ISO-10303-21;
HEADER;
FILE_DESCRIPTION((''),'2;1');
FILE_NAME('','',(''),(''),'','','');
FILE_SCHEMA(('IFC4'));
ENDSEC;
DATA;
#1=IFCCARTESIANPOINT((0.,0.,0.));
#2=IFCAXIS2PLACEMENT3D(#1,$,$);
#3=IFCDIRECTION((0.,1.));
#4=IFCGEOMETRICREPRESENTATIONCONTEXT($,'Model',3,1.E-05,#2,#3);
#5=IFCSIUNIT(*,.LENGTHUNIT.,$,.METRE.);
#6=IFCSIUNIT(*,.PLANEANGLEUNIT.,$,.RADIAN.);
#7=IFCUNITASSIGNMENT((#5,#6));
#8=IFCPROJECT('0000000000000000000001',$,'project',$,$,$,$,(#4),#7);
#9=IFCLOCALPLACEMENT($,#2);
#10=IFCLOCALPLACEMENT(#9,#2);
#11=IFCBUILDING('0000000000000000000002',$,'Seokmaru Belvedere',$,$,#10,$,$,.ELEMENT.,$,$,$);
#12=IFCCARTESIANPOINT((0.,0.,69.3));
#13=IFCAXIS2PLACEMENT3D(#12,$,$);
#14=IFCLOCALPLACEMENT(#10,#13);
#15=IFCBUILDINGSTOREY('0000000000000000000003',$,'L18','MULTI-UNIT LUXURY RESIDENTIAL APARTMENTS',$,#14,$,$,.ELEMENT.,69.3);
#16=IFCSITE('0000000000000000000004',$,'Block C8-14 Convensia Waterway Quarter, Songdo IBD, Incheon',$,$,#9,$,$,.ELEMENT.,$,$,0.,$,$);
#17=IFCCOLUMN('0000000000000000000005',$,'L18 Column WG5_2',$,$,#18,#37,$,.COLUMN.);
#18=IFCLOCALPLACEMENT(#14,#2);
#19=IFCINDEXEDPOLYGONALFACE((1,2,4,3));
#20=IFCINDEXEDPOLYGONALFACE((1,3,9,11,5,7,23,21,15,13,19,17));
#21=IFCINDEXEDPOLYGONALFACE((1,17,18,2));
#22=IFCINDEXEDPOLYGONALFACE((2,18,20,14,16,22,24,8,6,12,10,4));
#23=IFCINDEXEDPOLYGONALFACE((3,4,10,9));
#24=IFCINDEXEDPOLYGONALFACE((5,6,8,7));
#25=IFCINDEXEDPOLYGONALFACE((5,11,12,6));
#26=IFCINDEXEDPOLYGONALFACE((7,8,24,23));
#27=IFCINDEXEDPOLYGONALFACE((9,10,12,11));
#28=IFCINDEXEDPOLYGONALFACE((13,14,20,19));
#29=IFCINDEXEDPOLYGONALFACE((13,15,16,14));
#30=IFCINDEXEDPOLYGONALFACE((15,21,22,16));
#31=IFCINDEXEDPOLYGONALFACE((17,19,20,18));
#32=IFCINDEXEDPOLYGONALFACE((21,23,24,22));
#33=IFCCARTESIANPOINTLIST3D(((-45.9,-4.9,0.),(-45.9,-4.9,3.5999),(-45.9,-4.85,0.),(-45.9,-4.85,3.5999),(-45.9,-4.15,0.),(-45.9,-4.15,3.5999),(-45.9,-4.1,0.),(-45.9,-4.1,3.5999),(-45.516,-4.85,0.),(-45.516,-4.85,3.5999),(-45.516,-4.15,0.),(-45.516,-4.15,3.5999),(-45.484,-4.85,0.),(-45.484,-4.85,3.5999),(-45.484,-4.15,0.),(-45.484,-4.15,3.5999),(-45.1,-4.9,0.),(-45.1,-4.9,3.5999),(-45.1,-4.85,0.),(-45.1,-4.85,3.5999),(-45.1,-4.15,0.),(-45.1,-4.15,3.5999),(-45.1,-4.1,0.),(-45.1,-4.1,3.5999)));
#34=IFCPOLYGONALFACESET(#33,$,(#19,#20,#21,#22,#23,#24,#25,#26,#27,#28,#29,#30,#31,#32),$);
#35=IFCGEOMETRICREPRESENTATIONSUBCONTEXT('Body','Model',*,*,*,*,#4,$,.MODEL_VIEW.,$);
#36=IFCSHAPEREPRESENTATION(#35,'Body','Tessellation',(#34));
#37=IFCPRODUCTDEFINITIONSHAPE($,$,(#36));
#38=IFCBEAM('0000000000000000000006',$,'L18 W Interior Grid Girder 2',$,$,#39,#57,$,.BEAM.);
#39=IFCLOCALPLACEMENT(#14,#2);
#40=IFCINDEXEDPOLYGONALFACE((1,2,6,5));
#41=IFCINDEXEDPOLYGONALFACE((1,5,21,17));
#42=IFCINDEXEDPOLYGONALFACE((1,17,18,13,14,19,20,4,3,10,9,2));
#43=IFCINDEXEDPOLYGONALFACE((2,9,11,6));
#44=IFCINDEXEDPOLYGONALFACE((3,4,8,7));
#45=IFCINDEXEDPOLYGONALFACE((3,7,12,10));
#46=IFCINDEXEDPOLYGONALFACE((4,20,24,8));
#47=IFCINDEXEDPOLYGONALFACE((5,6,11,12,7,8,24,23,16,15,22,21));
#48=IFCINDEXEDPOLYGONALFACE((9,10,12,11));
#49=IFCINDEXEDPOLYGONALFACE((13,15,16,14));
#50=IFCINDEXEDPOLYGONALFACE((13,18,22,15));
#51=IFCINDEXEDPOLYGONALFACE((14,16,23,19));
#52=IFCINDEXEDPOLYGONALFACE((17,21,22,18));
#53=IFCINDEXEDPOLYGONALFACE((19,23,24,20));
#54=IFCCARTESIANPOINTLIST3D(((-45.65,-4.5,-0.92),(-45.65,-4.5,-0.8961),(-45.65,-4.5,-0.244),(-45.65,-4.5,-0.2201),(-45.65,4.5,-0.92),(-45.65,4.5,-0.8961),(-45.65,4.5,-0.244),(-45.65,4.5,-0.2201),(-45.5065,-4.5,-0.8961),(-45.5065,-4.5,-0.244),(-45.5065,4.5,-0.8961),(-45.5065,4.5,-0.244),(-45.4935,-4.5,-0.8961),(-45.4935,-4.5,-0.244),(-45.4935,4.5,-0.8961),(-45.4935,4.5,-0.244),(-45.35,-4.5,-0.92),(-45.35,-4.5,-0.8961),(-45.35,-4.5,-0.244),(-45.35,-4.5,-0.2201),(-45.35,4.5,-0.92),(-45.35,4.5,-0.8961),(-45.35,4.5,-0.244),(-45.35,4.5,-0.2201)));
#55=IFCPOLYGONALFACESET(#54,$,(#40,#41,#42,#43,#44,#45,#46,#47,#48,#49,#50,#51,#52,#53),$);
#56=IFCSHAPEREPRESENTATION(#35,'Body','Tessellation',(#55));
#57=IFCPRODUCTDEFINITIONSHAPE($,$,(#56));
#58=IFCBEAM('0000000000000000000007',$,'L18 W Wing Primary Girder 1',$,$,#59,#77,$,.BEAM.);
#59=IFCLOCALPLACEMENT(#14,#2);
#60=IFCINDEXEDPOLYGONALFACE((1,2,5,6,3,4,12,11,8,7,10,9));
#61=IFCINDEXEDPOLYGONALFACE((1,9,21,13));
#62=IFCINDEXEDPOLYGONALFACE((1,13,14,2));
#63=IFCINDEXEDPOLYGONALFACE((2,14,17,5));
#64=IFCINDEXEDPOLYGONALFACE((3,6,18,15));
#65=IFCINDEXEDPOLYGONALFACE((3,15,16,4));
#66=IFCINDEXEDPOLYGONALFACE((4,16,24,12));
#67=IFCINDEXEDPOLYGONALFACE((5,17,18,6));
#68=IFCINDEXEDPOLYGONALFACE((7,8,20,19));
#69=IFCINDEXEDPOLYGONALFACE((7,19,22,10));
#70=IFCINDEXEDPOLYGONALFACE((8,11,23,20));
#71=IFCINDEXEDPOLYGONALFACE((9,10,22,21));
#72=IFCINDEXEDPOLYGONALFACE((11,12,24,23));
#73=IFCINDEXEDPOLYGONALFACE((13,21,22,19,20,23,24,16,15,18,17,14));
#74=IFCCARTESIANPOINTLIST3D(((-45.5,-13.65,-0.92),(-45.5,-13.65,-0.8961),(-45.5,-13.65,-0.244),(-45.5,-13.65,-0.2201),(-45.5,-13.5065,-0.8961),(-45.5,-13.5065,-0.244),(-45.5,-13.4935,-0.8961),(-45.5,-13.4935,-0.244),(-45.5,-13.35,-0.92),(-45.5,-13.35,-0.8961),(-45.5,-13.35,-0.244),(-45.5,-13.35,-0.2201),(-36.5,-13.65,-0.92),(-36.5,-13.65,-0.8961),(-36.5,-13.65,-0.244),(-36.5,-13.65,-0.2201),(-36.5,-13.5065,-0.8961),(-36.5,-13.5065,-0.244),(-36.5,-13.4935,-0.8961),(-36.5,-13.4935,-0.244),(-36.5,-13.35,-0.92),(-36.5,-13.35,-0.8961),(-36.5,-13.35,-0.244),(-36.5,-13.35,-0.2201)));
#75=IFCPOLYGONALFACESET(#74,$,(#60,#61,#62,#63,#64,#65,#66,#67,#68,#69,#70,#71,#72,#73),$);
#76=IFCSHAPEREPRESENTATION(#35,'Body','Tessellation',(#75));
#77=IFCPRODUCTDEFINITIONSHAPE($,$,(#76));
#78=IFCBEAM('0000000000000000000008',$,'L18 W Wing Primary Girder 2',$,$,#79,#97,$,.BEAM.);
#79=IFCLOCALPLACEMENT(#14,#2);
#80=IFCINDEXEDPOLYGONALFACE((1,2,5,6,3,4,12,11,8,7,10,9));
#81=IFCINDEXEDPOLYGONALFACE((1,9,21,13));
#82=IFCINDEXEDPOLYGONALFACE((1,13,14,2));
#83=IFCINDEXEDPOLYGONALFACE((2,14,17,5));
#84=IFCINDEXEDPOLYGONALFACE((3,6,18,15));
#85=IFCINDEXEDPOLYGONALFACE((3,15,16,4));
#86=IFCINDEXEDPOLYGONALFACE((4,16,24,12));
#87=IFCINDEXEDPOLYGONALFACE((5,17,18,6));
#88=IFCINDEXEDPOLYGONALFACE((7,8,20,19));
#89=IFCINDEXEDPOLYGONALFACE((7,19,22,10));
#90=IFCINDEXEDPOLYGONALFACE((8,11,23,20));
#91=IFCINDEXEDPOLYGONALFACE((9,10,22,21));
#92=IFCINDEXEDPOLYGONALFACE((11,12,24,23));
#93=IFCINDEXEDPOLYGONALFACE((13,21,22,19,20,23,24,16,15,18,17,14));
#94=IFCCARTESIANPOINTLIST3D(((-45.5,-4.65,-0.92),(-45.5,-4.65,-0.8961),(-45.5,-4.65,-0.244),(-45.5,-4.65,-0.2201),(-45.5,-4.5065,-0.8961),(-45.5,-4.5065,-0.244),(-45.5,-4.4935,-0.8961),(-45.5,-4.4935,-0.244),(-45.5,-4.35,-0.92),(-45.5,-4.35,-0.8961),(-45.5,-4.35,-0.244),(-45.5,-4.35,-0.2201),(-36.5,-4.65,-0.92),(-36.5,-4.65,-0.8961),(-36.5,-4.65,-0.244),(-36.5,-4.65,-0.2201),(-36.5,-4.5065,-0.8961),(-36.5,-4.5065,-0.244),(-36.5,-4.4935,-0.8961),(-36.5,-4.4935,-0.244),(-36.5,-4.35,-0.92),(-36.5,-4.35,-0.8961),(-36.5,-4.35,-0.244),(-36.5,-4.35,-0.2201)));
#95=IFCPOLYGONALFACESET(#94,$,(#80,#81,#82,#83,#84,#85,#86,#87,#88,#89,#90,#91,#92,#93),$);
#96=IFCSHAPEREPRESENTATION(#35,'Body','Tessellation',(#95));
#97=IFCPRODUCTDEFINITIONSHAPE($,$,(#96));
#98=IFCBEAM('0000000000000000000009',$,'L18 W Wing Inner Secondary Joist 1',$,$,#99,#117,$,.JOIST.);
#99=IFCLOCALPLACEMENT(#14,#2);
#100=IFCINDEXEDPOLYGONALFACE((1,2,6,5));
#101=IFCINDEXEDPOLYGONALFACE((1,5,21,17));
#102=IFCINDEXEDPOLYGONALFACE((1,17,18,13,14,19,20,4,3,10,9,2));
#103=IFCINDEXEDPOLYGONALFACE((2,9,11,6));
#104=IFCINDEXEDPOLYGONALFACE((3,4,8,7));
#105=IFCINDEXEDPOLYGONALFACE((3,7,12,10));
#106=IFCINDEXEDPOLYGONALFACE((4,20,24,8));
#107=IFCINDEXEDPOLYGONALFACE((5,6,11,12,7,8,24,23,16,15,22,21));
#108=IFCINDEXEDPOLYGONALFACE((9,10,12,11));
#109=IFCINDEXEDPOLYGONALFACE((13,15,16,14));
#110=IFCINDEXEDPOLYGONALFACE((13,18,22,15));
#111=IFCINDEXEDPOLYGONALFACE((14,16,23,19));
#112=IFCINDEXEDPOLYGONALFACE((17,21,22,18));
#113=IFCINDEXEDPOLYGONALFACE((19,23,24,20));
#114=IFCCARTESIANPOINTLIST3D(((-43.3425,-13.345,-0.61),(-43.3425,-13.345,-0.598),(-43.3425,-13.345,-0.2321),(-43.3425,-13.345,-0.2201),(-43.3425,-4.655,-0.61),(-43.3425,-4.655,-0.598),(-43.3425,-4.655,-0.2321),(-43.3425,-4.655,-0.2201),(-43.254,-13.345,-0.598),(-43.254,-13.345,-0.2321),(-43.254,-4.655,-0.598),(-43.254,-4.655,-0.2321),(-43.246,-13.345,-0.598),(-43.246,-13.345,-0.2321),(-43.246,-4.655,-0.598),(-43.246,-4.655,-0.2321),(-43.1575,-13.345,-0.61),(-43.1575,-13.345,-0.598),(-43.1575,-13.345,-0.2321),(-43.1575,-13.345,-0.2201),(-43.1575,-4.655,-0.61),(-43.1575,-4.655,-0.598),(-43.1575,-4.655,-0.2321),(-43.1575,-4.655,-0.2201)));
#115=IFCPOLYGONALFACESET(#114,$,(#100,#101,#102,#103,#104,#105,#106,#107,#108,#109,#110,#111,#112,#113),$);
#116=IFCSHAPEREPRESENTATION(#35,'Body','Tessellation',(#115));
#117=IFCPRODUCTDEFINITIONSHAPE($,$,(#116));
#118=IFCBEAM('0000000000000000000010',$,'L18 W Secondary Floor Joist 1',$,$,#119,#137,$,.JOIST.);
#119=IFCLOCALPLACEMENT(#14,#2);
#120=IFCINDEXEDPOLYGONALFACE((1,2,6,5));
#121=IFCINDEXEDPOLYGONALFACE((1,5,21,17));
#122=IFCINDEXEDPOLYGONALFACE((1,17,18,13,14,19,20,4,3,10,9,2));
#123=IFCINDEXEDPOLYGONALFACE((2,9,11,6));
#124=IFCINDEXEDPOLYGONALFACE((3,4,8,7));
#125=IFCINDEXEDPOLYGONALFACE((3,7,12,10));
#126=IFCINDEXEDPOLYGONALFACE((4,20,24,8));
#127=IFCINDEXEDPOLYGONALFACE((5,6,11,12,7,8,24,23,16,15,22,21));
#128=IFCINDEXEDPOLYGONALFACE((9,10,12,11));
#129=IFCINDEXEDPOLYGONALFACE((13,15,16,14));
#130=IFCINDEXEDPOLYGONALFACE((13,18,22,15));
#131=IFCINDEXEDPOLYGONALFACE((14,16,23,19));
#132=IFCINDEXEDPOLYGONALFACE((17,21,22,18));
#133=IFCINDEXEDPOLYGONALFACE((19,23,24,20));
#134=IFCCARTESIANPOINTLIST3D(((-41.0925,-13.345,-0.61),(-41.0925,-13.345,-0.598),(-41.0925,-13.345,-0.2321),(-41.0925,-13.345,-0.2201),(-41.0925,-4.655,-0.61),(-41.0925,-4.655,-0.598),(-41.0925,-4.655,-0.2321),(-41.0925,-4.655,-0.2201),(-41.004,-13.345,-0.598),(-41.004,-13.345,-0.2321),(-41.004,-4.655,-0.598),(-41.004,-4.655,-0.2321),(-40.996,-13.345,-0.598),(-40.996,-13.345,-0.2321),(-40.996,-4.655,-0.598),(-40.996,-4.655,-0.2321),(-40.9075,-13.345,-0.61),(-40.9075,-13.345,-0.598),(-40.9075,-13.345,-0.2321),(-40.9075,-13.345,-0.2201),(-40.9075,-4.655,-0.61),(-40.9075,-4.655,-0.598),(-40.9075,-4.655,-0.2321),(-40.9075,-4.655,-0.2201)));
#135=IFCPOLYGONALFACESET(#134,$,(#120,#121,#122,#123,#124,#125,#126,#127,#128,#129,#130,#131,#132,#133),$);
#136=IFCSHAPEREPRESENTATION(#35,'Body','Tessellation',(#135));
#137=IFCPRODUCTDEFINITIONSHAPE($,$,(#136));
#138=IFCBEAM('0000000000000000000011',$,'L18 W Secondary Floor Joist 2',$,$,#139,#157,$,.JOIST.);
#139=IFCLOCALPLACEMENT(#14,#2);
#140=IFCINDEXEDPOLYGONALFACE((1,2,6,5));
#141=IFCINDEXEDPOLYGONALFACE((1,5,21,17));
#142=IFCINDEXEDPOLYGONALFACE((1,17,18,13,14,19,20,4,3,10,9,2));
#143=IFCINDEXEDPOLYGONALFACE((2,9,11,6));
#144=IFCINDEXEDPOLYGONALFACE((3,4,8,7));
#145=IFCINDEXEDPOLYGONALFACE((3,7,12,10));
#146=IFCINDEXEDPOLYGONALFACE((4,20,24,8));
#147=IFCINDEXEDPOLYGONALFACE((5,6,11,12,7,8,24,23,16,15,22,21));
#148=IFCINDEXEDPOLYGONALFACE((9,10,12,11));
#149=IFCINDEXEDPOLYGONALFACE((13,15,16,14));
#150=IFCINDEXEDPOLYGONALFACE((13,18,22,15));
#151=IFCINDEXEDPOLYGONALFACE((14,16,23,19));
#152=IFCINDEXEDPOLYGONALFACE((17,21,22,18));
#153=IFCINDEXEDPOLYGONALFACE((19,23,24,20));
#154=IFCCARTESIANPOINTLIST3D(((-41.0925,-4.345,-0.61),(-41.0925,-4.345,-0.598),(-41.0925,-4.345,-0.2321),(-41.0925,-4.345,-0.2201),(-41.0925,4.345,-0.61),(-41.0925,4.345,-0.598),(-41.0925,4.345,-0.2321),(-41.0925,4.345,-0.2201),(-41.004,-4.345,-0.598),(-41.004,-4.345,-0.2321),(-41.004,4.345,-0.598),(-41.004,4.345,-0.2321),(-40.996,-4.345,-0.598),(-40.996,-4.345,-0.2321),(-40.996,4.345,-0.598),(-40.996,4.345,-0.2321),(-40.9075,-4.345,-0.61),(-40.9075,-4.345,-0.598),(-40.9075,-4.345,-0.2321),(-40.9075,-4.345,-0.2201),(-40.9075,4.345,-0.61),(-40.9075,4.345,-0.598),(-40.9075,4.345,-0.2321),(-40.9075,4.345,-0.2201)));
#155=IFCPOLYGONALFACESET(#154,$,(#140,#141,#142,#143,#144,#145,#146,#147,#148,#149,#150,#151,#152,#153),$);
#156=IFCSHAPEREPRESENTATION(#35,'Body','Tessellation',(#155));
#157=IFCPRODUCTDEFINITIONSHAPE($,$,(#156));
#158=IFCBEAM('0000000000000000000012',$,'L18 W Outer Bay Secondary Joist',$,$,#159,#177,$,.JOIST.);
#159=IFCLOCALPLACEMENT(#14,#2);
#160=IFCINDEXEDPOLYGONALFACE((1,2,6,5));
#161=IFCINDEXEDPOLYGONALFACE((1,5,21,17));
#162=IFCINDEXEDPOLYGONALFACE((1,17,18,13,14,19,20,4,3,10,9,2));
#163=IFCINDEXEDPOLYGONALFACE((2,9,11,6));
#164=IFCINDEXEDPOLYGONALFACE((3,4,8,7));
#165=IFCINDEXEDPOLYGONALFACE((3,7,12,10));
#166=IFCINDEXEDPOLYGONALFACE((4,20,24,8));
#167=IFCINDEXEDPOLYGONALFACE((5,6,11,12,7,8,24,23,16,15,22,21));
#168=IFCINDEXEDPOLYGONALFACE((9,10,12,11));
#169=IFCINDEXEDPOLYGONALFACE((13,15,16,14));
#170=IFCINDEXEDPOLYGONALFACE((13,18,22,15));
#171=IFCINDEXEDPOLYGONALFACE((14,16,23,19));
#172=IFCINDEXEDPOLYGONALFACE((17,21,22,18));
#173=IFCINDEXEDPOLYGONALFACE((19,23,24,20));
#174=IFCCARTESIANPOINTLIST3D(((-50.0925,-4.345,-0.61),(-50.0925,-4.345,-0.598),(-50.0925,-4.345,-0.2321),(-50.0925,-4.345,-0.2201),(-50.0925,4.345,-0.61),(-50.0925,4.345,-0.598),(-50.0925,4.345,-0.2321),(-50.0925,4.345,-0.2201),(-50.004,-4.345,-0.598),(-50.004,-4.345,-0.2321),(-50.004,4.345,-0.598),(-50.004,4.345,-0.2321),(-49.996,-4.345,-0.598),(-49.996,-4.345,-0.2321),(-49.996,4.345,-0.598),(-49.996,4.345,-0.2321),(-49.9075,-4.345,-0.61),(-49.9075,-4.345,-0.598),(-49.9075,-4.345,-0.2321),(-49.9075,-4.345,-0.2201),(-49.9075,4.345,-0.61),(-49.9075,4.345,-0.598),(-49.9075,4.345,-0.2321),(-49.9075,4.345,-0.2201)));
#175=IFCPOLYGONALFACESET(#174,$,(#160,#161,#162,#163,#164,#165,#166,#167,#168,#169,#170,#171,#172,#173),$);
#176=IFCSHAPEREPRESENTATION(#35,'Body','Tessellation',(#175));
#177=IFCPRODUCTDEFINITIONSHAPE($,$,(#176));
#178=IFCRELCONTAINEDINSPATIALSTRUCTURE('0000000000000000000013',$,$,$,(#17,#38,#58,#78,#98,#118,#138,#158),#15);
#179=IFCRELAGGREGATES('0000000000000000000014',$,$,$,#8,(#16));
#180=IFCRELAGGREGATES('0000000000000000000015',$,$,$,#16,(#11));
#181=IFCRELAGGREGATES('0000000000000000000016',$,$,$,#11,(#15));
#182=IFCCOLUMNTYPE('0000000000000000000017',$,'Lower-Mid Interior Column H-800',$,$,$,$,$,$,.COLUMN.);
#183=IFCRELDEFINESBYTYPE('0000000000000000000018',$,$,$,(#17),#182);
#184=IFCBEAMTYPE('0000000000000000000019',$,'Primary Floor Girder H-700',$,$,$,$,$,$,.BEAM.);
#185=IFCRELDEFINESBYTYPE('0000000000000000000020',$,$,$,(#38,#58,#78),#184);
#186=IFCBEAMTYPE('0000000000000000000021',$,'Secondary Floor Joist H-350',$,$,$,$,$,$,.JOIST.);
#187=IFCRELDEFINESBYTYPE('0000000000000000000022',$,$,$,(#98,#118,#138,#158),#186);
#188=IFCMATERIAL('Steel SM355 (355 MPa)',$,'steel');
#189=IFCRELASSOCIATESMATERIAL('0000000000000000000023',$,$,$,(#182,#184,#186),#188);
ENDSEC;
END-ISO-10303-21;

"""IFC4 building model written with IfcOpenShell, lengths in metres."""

from ifc_helpers import new_model, si_unit, direction, frame, origin, origin_2d, place, context, subcontext, project, spatial, i_section, extrude, source, transform, mapped, material, material_profile, profile_set, type_object, type_shapes, element, save


model = new_model("IFC4")

# Units and contexts
model_context = context("Model", 3, precision=1e-05, world=origin(), true_north=direction((0.0, 1.0)))
body_context = subcontext(model_context, "Body", "Model", "MODEL_VIEW")
ifc_project = project(units=[si_unit("LENGTHUNIT", "METRE"), si_unit("PLANEANGLEUNIT", "RADIAN")], contexts=[model_context])

# Site, building, storey
site_placement = place(None, origin())
site = spatial("IfcSite", under=ifc_project, at=site_placement, Name="Block C8-14 Convensia Waterway Quarter, Songdo IBD, Incheon", CompositionType="ELEMENT", RefElevation=0.0)
building_placement = place(site_placement, origin())
building = spatial("IfcBuilding", under=site, at=building_placement, Name="Seokmaru Belvedere", CompositionType="ELEMENT")
storey_placement = place(building_placement, frame((0.0, 0.0, 69.3)))
storey = spatial("IfcBuildingStorey", under=building, at=storey_placement, Name="L18", Description="MULTI-UNIT LUXURY RESIDENTIAL APARTMENTS", CompositionType="ELEMENT", Elevation=69.3)

# Column
ifc_material_1 = material(Name="Steel SM355 (355 MPa)", Category="steel")
ifc_material_profile_1 = material_profile(ifc_material_1, i_section(OverallWidth=0.8, OverallDepth=0.8, WebThickness=0.032, FlangeThickness=0.05, at=origin_2d()), Name="H-800x800x32x50")
ifc_profile_set_1 = profile_set([ifc_material_profile_1], Name="Steel SM355 (355 MPa)")
column_type = type_object("IfcColumnType", Name="Lower-Mid Interior Column H-800", PredefinedType="COLUMN", material=ifc_profile_set_1)
shared_shape_1 = source(origin(), body_context, "Body", "SweptSolid", [
    extrude(i_section(OverallWidth=0.8, OverallDepth=0.8, WebThickness=0.032, FlangeThickness=0.05, at=origin_2d()), origin(), (0.0, 0.0, 1.0), 3.5999),
])
type_shapes(column_type, [shared_shape_1])
column_placement = place(storey_placement, frame((-45.5, -4.5, 0.0), z_axis=(0.0, 0.0, 1.0), x_axis=(1.0, 0.0, 0.0)))
element("IfcColumn", 1, at=column_placement, inside=storey, type_object=column_type, Name="L18 Column WG5_2", PredefinedType="COLUMN", context=body_context, shape_type="MappedRepresentation", body=[
    mapped(shared_shape_1, transform((0.0, 0.0, 0.0), scale=1.0)),
])

# Beams
ifc_material_profile_2 = material_profile(ifc_material_1, i_section(OverallWidth=0.3, OverallDepth=0.7, WebThickness=0.0129, FlangeThickness=0.0239, at=origin_2d()), Name="H-700x300x13x24")
ifc_profile_set_2 = profile_set([ifc_material_profile_2], Name="Steel SM355 (355 MPa)")
beam_type_1 = type_object("IfcBeamType", Name="Primary Floor Girder H-700", PredefinedType="BEAM", material=ifc_profile_set_2)
shared_shape_2 = source(origin(), body_context, "Body", "SweptSolid", [
    extrude(i_section(OverallWidth=0.3, OverallDepth=0.7, WebThickness=0.0129, FlangeThickness=0.0239, at=origin_2d()), origin(), (0.0, 0.0, 1.0), 9.0),
])
type_shapes(beam_type_1, [shared_shape_2])
for number, where, z_axis, x_axis, name in (
    (2, (-45.5, -4.5, -0.5701), (0.0, 1.0, 0.0), (-1.0, 0.0, 0.0), "L18 W Interior Grid Girder 2"),
    (3, (-45.5, -13.5, -0.5701), (1.0, 0.0, 0.0), (0.0, 1.0, 0.0), "L18 W Wing Primary Girder 1"),
    (4, (-45.5, -4.5, -0.5701), (1.0, 0.0, 0.0), (0.0, 1.0, 0.0), "L18 W Wing Primary Girder 2"),
):
    element("IfcBeam", number, at=place(storey_placement, frame(where, z_axis=z_axis, x_axis=x_axis)), inside=storey, type_object=beam_type_1, Name=name, PredefinedType="BEAM", context=body_context, shape_type="MappedRepresentation", body=[
        mapped(shared_shape_2, transform((0.0, 0.0, 0.0), scale=1.0)),
    ])
ifc_material_profile_3 = material_profile(ifc_material_1, i_section(OverallWidth=0.1851, OverallDepth=0.3899, WebThickness=0.0081, FlangeThickness=0.012, at=origin_2d()), Name="H-390x185x8x12")
ifc_profile_set_3 = profile_set([ifc_material_profile_3], Name="Steel SM355 (355 MPa)")
beam_type_2 = type_object("IfcBeamType", Name="Secondary Floor Joist H-350", PredefinedType="JOIST", material=ifc_profile_set_3)
shared_shape_3 = source(origin(), body_context, "Body", "SweptSolid", [
    extrude(i_section(OverallWidth=0.1851, OverallDepth=0.3899, WebThickness=0.0081, FlangeThickness=0.012, at=origin_2d()), origin(), (0.0, 0.0, 1.0), 8.6899),
])
type_shapes(beam_type_2, [shared_shape_3])
for number, where, z_axis, x_axis, name in (
    (5, (-43.25, -13.345, -0.415), (0.0, 1.0, 0.0), (-1.0, 0.0, 0.0), "L18 W Wing Inner Secondary Joist 1"),
    (6, (-41.0, -13.345, -0.415), (0.0, 1.0, 0.0), (-1.0, 0.0, 0.0), "L18 W Secondary Floor Joist 1"),
    (7, (-41.0, -4.345, -0.415), (0.0, 1.0, 0.0), (-1.0, 0.0, 0.0), "L18 W Secondary Floor Joist 2"),
    (8, (-50.0, -4.345, -0.415), (0.0, 1.0, 0.0), (-1.0, 0.0, 0.0), "L18 W Outer Bay Secondary Joist"),
):
    element("IfcBeam", number, at=place(storey_placement, frame(where, z_axis=z_axis, x_axis=x_axis)), inside=storey, type_object=beam_type_2, Name=name, PredefinedType="JOIST", context=body_context, shape_type="MappedRepresentation", body=[
        mapped(shared_shape_3, transform((0.0, 0.0, 0.0), scale=1.0)),
    ])

save(model, "model.ifc")
